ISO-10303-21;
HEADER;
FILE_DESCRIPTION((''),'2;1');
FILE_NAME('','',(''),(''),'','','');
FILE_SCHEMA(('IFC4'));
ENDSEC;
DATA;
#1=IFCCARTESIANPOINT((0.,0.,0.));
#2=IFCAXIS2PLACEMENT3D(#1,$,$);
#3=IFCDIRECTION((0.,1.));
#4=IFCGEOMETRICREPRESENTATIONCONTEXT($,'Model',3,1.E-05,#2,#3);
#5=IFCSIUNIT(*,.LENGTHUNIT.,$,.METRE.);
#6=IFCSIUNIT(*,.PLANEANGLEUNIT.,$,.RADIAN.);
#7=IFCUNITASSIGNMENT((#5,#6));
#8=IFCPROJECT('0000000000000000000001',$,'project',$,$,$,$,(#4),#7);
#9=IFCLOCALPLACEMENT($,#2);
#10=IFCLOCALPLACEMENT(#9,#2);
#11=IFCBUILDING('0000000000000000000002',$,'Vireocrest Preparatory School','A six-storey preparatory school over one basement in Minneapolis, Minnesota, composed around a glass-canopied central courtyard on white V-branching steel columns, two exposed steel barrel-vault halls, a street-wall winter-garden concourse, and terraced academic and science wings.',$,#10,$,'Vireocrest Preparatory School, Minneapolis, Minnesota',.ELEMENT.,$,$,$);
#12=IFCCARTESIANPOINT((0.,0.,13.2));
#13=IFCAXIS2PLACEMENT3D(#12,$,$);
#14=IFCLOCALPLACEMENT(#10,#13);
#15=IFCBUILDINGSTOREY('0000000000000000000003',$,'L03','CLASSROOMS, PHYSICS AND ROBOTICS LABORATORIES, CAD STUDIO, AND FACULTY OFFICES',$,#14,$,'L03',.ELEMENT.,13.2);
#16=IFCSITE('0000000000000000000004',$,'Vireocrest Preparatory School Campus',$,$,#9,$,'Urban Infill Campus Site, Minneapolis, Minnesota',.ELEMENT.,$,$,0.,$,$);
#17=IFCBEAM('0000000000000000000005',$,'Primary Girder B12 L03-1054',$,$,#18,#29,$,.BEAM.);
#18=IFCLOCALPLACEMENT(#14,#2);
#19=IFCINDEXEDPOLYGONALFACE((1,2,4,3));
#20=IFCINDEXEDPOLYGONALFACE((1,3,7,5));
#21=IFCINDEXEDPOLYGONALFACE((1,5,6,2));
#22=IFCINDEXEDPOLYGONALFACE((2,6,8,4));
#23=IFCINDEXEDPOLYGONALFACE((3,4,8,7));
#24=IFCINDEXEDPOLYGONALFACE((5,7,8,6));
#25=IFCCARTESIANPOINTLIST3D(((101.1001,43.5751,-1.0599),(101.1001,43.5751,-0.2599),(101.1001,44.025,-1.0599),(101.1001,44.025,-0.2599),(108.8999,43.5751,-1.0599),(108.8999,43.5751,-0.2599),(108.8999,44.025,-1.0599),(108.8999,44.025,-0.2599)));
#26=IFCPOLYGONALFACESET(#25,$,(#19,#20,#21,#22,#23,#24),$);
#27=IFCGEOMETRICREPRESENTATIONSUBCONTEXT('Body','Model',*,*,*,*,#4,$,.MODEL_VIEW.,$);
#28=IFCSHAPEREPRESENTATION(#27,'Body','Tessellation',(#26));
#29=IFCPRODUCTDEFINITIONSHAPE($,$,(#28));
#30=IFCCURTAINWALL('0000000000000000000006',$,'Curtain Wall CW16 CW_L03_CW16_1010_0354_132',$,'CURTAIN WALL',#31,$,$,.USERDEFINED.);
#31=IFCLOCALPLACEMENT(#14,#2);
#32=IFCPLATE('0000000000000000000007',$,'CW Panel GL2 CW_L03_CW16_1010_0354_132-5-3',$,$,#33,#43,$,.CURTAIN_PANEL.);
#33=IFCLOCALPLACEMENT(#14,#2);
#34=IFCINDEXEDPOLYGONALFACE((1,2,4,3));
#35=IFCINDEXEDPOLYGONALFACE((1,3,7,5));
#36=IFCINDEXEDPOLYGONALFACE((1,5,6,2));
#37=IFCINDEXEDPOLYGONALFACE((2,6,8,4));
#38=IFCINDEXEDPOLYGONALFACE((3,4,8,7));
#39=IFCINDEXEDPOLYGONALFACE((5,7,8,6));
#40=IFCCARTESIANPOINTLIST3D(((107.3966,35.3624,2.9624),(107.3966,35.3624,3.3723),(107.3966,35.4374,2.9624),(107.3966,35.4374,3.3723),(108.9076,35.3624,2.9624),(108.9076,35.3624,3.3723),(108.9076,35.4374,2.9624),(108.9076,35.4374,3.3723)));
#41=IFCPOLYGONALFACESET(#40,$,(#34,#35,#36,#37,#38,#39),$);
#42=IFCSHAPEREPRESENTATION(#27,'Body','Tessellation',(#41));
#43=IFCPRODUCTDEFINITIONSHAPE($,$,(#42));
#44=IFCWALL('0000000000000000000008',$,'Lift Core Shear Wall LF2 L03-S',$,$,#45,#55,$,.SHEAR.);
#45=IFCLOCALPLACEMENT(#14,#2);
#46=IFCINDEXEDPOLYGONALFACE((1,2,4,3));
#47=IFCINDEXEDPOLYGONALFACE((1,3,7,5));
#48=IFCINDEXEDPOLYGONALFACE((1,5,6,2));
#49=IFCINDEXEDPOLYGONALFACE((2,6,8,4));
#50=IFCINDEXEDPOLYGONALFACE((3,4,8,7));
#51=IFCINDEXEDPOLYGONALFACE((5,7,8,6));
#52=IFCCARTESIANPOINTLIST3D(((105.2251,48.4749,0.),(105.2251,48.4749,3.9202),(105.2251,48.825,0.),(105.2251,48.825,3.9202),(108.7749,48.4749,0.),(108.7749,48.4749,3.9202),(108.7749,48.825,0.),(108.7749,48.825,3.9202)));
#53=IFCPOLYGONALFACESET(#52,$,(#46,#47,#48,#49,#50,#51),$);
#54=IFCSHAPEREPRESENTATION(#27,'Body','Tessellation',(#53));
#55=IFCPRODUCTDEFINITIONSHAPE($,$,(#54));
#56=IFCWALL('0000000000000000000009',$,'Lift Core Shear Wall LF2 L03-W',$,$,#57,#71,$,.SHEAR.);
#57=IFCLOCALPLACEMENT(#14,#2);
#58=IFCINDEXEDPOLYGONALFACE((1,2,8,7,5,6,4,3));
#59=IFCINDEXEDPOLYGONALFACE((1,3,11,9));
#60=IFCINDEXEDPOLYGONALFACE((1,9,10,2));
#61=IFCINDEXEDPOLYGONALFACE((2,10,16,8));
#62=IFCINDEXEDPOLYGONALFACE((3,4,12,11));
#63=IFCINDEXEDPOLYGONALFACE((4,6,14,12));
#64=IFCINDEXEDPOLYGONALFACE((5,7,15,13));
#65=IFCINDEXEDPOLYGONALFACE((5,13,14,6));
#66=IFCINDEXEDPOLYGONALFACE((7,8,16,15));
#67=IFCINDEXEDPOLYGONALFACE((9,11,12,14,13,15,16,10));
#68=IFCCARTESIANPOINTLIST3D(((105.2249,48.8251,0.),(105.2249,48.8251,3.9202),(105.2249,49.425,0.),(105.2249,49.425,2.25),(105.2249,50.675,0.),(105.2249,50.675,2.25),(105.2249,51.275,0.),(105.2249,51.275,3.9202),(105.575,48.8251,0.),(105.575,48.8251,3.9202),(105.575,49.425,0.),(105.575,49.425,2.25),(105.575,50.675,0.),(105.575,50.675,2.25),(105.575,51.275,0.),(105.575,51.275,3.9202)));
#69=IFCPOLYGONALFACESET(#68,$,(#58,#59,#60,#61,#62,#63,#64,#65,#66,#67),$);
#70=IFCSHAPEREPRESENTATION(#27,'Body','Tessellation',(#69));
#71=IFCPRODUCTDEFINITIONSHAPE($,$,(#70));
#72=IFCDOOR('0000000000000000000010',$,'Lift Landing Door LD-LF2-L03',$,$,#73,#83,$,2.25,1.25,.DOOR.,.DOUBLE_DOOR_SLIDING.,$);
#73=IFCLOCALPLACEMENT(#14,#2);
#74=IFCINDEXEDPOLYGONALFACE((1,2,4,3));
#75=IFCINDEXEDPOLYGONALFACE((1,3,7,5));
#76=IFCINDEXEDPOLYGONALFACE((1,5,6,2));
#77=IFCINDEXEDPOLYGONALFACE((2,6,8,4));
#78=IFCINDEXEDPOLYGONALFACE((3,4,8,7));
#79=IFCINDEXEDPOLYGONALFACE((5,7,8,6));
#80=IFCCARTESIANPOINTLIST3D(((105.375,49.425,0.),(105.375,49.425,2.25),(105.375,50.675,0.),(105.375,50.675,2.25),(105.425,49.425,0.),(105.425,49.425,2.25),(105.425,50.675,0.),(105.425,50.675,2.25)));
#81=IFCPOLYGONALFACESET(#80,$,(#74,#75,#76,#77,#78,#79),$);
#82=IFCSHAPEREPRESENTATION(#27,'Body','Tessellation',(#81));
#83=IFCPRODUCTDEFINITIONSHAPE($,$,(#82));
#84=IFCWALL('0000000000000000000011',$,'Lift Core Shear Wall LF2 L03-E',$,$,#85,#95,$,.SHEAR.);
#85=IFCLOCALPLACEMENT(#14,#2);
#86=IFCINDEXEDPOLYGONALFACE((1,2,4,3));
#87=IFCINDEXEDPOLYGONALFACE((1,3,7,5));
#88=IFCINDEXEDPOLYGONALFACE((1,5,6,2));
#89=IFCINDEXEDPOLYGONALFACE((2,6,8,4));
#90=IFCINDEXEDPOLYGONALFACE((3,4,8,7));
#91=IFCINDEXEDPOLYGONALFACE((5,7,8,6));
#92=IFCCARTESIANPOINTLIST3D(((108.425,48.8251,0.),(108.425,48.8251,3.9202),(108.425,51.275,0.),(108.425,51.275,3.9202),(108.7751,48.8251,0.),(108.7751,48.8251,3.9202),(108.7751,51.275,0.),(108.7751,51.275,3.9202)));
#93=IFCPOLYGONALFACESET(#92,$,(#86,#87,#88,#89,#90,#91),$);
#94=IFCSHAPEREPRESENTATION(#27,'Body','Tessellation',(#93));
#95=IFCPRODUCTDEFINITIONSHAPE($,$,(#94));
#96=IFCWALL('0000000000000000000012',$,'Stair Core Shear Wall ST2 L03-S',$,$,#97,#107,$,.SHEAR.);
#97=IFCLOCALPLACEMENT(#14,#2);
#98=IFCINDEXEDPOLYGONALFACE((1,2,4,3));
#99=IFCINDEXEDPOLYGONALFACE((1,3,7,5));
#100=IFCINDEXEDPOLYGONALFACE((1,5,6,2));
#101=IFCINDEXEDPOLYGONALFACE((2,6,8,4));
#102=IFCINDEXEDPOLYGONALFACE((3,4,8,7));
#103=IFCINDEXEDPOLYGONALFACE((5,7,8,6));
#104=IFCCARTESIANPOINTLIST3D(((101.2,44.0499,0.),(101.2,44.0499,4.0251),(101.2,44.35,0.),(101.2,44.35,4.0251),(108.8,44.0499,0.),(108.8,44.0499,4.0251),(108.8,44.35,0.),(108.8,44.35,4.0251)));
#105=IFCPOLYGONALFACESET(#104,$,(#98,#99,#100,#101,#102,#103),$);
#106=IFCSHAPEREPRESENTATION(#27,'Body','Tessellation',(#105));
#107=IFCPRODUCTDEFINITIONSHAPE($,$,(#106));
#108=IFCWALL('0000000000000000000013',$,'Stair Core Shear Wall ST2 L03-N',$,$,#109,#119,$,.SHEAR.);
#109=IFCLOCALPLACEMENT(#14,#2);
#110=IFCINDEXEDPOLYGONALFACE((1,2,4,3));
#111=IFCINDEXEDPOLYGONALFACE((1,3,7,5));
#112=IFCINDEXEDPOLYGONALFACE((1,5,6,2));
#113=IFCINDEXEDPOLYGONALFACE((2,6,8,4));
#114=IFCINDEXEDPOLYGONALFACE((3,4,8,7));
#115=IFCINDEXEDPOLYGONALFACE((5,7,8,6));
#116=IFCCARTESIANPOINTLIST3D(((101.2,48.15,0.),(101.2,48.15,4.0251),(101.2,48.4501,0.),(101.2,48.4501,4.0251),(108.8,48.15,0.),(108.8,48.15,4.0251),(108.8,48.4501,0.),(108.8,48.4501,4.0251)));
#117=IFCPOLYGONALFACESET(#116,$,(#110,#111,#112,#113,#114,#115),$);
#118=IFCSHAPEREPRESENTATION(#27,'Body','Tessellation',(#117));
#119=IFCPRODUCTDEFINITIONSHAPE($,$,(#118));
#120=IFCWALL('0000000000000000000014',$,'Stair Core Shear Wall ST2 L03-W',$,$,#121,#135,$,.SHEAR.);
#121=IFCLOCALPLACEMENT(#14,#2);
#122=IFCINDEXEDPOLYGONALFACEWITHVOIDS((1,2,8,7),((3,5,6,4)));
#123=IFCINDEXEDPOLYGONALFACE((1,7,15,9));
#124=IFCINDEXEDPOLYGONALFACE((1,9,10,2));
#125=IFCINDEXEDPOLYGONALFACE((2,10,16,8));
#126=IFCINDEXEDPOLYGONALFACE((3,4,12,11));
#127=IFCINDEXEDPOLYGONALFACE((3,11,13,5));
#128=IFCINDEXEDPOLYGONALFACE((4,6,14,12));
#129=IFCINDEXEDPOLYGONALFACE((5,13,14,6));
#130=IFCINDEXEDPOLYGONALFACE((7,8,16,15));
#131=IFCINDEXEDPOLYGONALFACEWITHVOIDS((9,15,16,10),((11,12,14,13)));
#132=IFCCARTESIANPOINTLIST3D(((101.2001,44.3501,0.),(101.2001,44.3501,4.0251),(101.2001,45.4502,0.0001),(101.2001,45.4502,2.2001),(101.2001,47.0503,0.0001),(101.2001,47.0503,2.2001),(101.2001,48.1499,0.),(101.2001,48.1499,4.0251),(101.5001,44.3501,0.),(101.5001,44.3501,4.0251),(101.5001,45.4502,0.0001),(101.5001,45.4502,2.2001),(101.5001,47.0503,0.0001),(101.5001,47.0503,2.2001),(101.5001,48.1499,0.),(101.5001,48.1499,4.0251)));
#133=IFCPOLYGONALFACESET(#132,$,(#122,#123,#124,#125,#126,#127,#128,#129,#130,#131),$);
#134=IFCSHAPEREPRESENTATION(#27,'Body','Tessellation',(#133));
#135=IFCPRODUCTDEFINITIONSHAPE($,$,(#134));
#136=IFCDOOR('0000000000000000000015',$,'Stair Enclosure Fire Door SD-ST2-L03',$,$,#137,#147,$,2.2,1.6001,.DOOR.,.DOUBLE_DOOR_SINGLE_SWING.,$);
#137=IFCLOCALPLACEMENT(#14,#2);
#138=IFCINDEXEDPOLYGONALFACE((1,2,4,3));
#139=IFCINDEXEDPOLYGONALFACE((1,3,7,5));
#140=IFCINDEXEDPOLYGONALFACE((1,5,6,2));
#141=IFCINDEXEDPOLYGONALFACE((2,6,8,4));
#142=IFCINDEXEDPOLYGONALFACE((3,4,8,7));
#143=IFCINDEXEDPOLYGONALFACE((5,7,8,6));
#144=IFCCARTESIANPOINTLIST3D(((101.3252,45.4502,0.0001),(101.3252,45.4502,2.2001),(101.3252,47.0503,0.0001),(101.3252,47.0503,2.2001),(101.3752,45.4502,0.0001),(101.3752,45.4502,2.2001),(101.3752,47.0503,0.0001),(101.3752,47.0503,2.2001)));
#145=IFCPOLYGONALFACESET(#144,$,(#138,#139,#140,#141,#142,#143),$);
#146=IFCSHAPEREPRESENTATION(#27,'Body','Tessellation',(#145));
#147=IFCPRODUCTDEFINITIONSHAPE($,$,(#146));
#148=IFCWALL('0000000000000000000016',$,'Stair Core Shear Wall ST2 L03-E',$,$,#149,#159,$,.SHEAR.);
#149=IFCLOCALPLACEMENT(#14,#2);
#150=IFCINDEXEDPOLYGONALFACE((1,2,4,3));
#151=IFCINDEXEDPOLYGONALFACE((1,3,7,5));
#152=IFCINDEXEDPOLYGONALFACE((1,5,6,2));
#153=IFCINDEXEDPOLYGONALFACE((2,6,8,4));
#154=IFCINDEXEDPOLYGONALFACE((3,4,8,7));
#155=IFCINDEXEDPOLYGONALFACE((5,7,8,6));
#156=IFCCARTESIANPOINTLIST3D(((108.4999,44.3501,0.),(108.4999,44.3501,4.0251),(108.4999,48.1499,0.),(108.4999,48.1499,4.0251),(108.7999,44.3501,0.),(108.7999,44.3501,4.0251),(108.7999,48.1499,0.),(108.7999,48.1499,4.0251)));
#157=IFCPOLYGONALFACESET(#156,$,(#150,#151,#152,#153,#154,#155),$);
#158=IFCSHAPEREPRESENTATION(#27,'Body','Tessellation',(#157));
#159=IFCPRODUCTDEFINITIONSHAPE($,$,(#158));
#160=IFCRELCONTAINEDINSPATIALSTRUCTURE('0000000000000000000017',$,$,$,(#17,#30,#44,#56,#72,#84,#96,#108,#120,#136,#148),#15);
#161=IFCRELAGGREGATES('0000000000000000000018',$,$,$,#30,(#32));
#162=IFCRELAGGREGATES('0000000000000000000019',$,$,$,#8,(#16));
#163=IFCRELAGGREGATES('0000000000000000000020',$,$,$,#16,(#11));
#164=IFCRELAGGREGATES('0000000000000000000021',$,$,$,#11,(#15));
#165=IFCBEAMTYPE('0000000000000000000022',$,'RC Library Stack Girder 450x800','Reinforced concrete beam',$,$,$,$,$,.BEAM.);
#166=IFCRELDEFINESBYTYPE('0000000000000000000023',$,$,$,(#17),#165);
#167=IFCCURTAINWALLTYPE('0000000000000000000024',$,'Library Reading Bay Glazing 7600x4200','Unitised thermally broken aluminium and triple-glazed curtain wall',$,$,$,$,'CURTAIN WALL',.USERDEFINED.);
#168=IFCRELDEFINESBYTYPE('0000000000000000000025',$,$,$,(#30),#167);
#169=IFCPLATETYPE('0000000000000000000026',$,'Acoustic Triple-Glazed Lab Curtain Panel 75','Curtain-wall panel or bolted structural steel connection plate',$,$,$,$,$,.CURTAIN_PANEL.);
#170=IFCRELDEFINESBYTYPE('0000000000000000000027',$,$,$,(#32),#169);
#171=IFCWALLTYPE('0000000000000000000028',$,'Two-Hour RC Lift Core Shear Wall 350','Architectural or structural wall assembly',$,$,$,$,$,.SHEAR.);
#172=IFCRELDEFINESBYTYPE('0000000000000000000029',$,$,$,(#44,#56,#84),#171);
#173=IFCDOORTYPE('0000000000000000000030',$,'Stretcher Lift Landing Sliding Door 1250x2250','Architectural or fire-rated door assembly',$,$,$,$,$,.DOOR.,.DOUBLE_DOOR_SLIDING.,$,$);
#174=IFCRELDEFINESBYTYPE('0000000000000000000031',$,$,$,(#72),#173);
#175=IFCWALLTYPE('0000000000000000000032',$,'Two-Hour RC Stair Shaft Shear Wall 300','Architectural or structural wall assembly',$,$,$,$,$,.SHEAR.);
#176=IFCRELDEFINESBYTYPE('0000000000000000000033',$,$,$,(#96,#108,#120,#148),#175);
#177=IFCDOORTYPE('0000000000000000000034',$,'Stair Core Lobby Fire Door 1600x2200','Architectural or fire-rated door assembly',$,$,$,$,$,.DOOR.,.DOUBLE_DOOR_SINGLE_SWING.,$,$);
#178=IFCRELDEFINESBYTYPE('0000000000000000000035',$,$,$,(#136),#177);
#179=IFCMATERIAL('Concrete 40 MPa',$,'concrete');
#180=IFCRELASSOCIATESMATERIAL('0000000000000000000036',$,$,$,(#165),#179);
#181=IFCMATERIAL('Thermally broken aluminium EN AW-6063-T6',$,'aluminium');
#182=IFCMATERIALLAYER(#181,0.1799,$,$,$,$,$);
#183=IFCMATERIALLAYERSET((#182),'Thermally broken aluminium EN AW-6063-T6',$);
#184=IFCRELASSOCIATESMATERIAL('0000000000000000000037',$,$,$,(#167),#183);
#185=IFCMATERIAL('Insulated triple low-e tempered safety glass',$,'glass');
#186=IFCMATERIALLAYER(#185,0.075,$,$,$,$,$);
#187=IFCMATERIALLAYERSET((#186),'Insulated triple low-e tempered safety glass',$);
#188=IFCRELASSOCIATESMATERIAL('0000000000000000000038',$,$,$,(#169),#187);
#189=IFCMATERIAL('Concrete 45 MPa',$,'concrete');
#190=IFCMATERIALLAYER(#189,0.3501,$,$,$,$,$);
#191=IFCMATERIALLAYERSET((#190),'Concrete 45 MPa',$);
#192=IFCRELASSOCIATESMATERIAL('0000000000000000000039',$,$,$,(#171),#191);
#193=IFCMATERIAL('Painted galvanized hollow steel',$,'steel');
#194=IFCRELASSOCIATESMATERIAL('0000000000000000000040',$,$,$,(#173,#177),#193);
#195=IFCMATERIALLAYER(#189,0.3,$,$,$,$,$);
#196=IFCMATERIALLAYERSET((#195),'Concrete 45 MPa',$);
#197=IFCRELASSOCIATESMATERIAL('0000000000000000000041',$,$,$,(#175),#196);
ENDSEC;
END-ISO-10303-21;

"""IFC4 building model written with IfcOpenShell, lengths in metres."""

from ifc_helpers import new_model, si_unit, direction, frame, frame_2d, origin, origin_2d, place, context, subcontext, project, spatial, rectangle, extrude, material, layer, layer_set, material_profile, profile_set, type_object, element, fill, aggregate, save


model = new_model("IFC4")

# Units and contexts
model_context = context("Model", 3, precision=1e-05, world=origin(), true_north=direction((0.0, 1.0)))
body_context = subcontext(model_context, "Body", "Model", "MODEL_VIEW")
ifc_project = project(units=[si_unit("LENGTHUNIT", "METRE"), si_unit("PLANEANGLEUNIT", "RADIAN")], contexts=[model_context])

# Site, building, storey
site_placement = place(None, origin())
site = spatial("IfcSite", under=ifc_project, at=site_placement, Name="Vireocrest Preparatory School Campus", LongName="Urban Infill Campus Site, Minneapolis, Minnesota", CompositionType="ELEMENT", RefElevation=0.0)
building_placement = place(site_placement, origin())
building = spatial("IfcBuilding", under=site, at=building_placement, Name="Vireocrest Preparatory School", Description="A six-storey preparatory school over one basement in Minneapolis, Minnesota, composed around a glass-canopied central courtyard on white V-branching steel columns, two exposed steel barrel-vault halls, a street-wall winter-garden concourse, and terraced academic and science wings.", LongName="Vireocrest Preparatory School, Minneapolis, Minnesota", CompositionType="ELEMENT")
storey_placement = place(building_placement, frame((0.0, 0.0, 13.2)))
storey = spatial("IfcBuildingStorey", under=building, at=storey_placement, Name="L03", Description="CLASSROOMS, PHYSICS AND ROBOTICS LABORATORIES, CAD STUDIO, AND FACULTY OFFICES", LongName="L03", CompositionType="ELEMENT", Elevation=13.2)

# Beam
ifc_material_1 = material(Name="Concrete 40 MPa", Category="concrete")
ifc_material_profile = material_profile(ifc_material_1, rectangle(XDim=0.45, YDim=0.8, at=origin_2d()), Name="RC 450x800")
ifc_profile_set = profile_set([ifc_material_profile], Name="Concrete 40 MPa")
beam_type = type_object("IfcBeamType", Name="RC Library Stack Girder 450x800", Description="Reinforced concrete beam", PredefinedType="BEAM", material=ifc_profile_set)
beam_placement = place(storey_placement, frame((101.1001, 43.8, -0.6599), z_axis=(1.0, 0.0, 0.0), x_axis=(0.0, 1.0, 0.0)))
element("IfcBeam", 1, at=beam_placement, inside=storey, type_object=beam_type, Name="Primary Girder B12 L03-1054", PredefinedType="BEAM", context=body_context, shape_type="SweptSolid", body=[
    extrude(rectangle(XDim=0.45, YDim=0.8, at=origin_2d()), origin(), (0.0, 0.0, 1.0), 7.7998),
])

# Curtain wall, plate
ifc_material_2 = material(Name="Thermally broken aluminium EN AW-6063-T6", Category="aluminium")
ifc_layer_1 = layer(ifc_material_2, 0.1799)
ifc_layer_set_1 = layer_set([ifc_layer_1], Name="Thermally broken aluminium EN AW-6063-T6")
curtain_wall_type = type_object("IfcCurtainWallType", Name="Library Reading Bay Glazing 7600x4200", Description="Unitised thermally broken aluminium and triple-glazed curtain wall", ElementType="CURTAIN WALL", PredefinedType="USERDEFINED", material=ifc_layer_set_1)
curtain_wall_placement = place(storey_placement, origin())
curtain_wall = element("IfcCurtainWall", 2, at=curtain_wall_placement, inside=storey, type_object=curtain_wall_type, Name="Curtain Wall CW16 CW_L03_CW16_1010_0354_132", ObjectType="CURTAIN WALL", PredefinedType="USERDEFINED")
ifc_material_3 = material(Name="Insulated triple low-e tempered safety glass", Category="glass")
ifc_layer_2 = layer(ifc_material_3, 0.075)
ifc_layer_set_2 = layer_set([ifc_layer_2], Name="Insulated triple low-e tempered safety glass")
plate_type = type_object("IfcPlateType", Name="Acoustic Triple-Glazed Lab Curtain Panel 75", Description="Curtain-wall panel or bolted structural steel connection plate", PredefinedType="CURTAIN_PANEL", material=ifc_layer_set_2)
plate_placement = place(storey_placement, frame((108.1521, 35.3999, 2.9624), z_axis=(0.0, 0.0, 1.0), x_axis=(1.0, 0.0, 0.0)))
plate = element("IfcPlate", 3, at=plate_placement, type_object=plate_type, Name="CW Panel GL2 CW_L03_CW16_1010_0354_132-5-3", PredefinedType="CURTAIN_PANEL", context=body_context, shape_type="SweptSolid", body=[
    extrude(rectangle(XDim=1.511, YDim=0.075, at=origin_2d()), origin(), (0.0, 0.0, 1.0), 0.4099),
])
aggregate(curtain_wall, [plate])

# Wall
ifc_material_4 = material(Name="Concrete 45 MPa", Category="concrete")
ifc_layer_3 = layer(ifc_material_4, 0.3501)
ifc_layer_set_3 = layer_set([ifc_layer_3], Name="Concrete 45 MPa")
wall_type_1 = type_object("IfcWallType", Name="Two-Hour RC Lift Core Shear Wall 350", Description="Architectural or structural wall assembly", PredefinedType="SHEAR", material=ifc_layer_set_3)
wall_1_placement = place(storey_placement, frame((105.2251, 48.6499, 0.0), z_axis=(0.0, 0.0, 1.0), x_axis=(1.0, 0.0, 0.0)))
element("IfcWall", 4, at=wall_1_placement, inside=storey, type_object=wall_type_1, Name="Lift Core Shear Wall LF2 L03-S", PredefinedType="SHEAR", context=body_context, shape_type="SweptSolid", body=[
    extrude(rectangle(XDim=3.5498, YDim=0.3501, at=frame_2d((1.7749, 0.0))), origin(), (0.0, 0.0, 1.0), 3.9202),
])

# Wall, opening, door
wall_2_placement = place(storey_placement, frame((105.3999, 48.825, 0.0), z_axis=(0.0, 0.0, 1.0), x_axis=(0.0, 1.0, 0.0)))
wall_2 = element("IfcWall", 5, at=wall_2_placement, inside=storey, type_object=wall_type_1, Name="Lift Core Shear Wall LF2 L03-W", PredefinedType="SHEAR", context=body_context, shape_type="SweptSolid", body=[
    extrude(rectangle(XDim=2.45, YDim=0.3501, at=frame_2d((1.2251, 0.0))), origin(), (0.0, 0.0, 1.0), 3.9202),
])
opening_1_placement = place(wall_2_placement, frame((0.6001, 0.0, 0.0)))
opening_1 = element("IfcOpeningElement", 6, at=opening_1_placement, cuts=wall_2, PredefinedType="OPENING", context=body_context, shape_type="SweptSolid", body=[
    extrude(rectangle(XDim=1.25, YDim=2.25, at=frame_2d((0.625, 1.125))), frame((0.0, 0.1851, 0.0), z_axis=(0.0, -1.0, 0.0), x_axis=(1.0, 0.0, 0.0)), (0.0, 0.0, 1.0), 0.3701),
])
ifc_material_5 = material(Name="Painted galvanized hollow steel", Category="steel")
door_type_1 = type_object("IfcDoorType", Name="Stretcher Lift Landing Sliding Door 1250x2250", Description="Architectural or fire-rated door assembly", OperationType="DOUBLE_DOOR_SLIDING", PredefinedType="DOOR", material=ifc_material_5)
door_1_placement = place(opening_1_placement, origin())
door_1 = element("IfcDoor", 7, at=door_1_placement, inside=storey, type_object=door_type_1, Name="Lift Landing Door LD-LF2-L03", OperationType="DOUBLE_DOOR_SLIDING", OverallHeight=2.25, OverallWidth=1.25, PredefinedType="DOOR", context=body_context, shape_type="SweptSolid", body=[
    extrude(rectangle(XDim=1.25, YDim=2.25, at=frame_2d((0.625, 1.125))), frame((0.0, 0.0249, 0.0), z_axis=(0.0, -1.0, 0.0), x_axis=(1.0, 0.0, 0.0)), (0.0, 0.0, 1.0), 0.05),
])
fill(opening_1, door_1)

# Walls
wall_3_placement = place(storey_placement, frame((108.6001, 48.825, 0.0), z_axis=(0.0, 0.0, 1.0), x_axis=(0.0, 1.0, 0.0)))
element("IfcWall", 8, at=wall_3_placement, inside=storey, type_object=wall_type_1, Name="Lift Core Shear Wall LF2 L03-E", PredefinedType="SHEAR", context=body_context, shape_type="SweptSolid", body=[
    extrude(rectangle(XDim=2.45, YDim=0.3501, at=frame_2d((1.2251, 0.0))), origin(), (0.0, 0.0, 1.0), 3.9202),
])
ifc_layer_4 = layer(ifc_material_4, 0.3)
ifc_layer_set_4 = layer_set([ifc_layer_4], Name="Concrete 45 MPa")
wall_type_2 = type_object("IfcWallType", Name="Two-Hour RC Stair Shaft Shear Wall 300", Description="Architectural or structural wall assembly", PredefinedType="SHEAR", material=ifc_layer_set_4)
for number, where, z_axis, x_axis, name in (
    (9, (101.2, 44.2, 0.0), (0.0, 0.0, 1.0), (1.0, 0.0, 0.0), "Stair Core Shear Wall ST2 L03-S"),
    (10, (101.2, 48.3, 0.0), (0.0, 0.0, 1.0), (1.0, 0.0, 0.0), "Stair Core Shear Wall ST2 L03-N"),
):
    element("IfcWall", number, at=place(storey_placement, frame(where, z_axis=z_axis, x_axis=x_axis)), inside=storey, type_object=wall_type_2, Name=name, PredefinedType="SHEAR", context=body_context, shape_type="SweptSolid", body=[
        extrude(rectangle(XDim=7.6001, YDim=0.3, at=frame_2d((3.8, 0.0))), origin(), (0.0, 0.0, 1.0), 4.0251),
    ])

# Wall, opening, door
wall_4_placement = place(storey_placement, frame((101.3501, 44.3501, 0.0), z_axis=(0.0, 0.0, 1.0), x_axis=(0.0, 1.0, 0.0)))
wall_4 = element("IfcWall", 11, at=wall_4_placement, inside=storey, type_object=wall_type_2, Name="Stair Core Shear Wall ST2 L03-W", PredefinedType="SHEAR", context=body_context, shape_type="SweptSolid", body=[
    extrude(rectangle(XDim=3.7998, YDim=0.3, at=frame_2d((1.8999, 0.0))), origin(), (0.0, 0.0, 1.0), 4.0251),
])
opening_2_placement = place(wall_4_placement, frame((1.1001, 0.0, 0.0)))
opening_2 = element("IfcOpeningElement", 12, at=opening_2_placement, cuts=wall_4, PredefinedType="OPENING", context=body_context, shape_type="SweptSolid", body=[
    extrude(rectangle(XDim=1.6001, YDim=2.2, at=frame_2d((0.8, 1.1001))), frame((0.0, 0.1599, 0.0), z_axis=(0.0, -1.0, 0.0), x_axis=(1.0, 0.0, 0.0)), (0.0, 0.0, 1.0), 0.3201),
])
door_type_2 = type_object("IfcDoorType", Name="Stair Core Lobby Fire Door 1600x2200", Description="Architectural or fire-rated door assembly", OperationType="DOUBLE_DOOR_SINGLE_SWING", PredefinedType="DOOR", material=ifc_material_5)
door_2_placement = place(opening_2_placement, origin())
door_2 = element("IfcDoor", 13, at=door_2_placement, inside=storey, type_object=door_type_2, Name="Stair Enclosure Fire Door SD-ST2-L03", OperationType="DOUBLE_DOOR_SINGLE_SWING", OverallHeight=2.2, OverallWidth=1.6001, PredefinedType="DOOR", context=body_context, shape_type="SweptSolid", body=[
    extrude(rectangle(XDim=1.6001, YDim=2.2, at=frame_2d((0.8, 1.1001))), frame((0.0, 0.0249, 0.0), z_axis=(0.0, -1.0, 0.0), x_axis=(1.0, 0.0, 0.0)), (0.0, 0.0, 1.0), 0.05),
])
fill(opening_2, door_2)

# Wall
wall_5_placement = place(storey_placement, frame((108.6499, 44.3501, 0.0), z_axis=(0.0, 0.0, 1.0), x_axis=(0.0, 1.0, 0.0)))
element("IfcWall", 14, at=wall_5_placement, inside=storey, type_object=wall_type_2, Name="Stair Core Shear Wall ST2 L03-E", PredefinedType="SHEAR", context=body_context, shape_type="SweptSolid", body=[
    extrude(rectangle(XDim=3.7998, YDim=0.3, at=frame_2d((1.8999, 0.0))), origin(), (0.0, 0.0, 1.0), 4.0251),
])

save(model, "model.ifc")
